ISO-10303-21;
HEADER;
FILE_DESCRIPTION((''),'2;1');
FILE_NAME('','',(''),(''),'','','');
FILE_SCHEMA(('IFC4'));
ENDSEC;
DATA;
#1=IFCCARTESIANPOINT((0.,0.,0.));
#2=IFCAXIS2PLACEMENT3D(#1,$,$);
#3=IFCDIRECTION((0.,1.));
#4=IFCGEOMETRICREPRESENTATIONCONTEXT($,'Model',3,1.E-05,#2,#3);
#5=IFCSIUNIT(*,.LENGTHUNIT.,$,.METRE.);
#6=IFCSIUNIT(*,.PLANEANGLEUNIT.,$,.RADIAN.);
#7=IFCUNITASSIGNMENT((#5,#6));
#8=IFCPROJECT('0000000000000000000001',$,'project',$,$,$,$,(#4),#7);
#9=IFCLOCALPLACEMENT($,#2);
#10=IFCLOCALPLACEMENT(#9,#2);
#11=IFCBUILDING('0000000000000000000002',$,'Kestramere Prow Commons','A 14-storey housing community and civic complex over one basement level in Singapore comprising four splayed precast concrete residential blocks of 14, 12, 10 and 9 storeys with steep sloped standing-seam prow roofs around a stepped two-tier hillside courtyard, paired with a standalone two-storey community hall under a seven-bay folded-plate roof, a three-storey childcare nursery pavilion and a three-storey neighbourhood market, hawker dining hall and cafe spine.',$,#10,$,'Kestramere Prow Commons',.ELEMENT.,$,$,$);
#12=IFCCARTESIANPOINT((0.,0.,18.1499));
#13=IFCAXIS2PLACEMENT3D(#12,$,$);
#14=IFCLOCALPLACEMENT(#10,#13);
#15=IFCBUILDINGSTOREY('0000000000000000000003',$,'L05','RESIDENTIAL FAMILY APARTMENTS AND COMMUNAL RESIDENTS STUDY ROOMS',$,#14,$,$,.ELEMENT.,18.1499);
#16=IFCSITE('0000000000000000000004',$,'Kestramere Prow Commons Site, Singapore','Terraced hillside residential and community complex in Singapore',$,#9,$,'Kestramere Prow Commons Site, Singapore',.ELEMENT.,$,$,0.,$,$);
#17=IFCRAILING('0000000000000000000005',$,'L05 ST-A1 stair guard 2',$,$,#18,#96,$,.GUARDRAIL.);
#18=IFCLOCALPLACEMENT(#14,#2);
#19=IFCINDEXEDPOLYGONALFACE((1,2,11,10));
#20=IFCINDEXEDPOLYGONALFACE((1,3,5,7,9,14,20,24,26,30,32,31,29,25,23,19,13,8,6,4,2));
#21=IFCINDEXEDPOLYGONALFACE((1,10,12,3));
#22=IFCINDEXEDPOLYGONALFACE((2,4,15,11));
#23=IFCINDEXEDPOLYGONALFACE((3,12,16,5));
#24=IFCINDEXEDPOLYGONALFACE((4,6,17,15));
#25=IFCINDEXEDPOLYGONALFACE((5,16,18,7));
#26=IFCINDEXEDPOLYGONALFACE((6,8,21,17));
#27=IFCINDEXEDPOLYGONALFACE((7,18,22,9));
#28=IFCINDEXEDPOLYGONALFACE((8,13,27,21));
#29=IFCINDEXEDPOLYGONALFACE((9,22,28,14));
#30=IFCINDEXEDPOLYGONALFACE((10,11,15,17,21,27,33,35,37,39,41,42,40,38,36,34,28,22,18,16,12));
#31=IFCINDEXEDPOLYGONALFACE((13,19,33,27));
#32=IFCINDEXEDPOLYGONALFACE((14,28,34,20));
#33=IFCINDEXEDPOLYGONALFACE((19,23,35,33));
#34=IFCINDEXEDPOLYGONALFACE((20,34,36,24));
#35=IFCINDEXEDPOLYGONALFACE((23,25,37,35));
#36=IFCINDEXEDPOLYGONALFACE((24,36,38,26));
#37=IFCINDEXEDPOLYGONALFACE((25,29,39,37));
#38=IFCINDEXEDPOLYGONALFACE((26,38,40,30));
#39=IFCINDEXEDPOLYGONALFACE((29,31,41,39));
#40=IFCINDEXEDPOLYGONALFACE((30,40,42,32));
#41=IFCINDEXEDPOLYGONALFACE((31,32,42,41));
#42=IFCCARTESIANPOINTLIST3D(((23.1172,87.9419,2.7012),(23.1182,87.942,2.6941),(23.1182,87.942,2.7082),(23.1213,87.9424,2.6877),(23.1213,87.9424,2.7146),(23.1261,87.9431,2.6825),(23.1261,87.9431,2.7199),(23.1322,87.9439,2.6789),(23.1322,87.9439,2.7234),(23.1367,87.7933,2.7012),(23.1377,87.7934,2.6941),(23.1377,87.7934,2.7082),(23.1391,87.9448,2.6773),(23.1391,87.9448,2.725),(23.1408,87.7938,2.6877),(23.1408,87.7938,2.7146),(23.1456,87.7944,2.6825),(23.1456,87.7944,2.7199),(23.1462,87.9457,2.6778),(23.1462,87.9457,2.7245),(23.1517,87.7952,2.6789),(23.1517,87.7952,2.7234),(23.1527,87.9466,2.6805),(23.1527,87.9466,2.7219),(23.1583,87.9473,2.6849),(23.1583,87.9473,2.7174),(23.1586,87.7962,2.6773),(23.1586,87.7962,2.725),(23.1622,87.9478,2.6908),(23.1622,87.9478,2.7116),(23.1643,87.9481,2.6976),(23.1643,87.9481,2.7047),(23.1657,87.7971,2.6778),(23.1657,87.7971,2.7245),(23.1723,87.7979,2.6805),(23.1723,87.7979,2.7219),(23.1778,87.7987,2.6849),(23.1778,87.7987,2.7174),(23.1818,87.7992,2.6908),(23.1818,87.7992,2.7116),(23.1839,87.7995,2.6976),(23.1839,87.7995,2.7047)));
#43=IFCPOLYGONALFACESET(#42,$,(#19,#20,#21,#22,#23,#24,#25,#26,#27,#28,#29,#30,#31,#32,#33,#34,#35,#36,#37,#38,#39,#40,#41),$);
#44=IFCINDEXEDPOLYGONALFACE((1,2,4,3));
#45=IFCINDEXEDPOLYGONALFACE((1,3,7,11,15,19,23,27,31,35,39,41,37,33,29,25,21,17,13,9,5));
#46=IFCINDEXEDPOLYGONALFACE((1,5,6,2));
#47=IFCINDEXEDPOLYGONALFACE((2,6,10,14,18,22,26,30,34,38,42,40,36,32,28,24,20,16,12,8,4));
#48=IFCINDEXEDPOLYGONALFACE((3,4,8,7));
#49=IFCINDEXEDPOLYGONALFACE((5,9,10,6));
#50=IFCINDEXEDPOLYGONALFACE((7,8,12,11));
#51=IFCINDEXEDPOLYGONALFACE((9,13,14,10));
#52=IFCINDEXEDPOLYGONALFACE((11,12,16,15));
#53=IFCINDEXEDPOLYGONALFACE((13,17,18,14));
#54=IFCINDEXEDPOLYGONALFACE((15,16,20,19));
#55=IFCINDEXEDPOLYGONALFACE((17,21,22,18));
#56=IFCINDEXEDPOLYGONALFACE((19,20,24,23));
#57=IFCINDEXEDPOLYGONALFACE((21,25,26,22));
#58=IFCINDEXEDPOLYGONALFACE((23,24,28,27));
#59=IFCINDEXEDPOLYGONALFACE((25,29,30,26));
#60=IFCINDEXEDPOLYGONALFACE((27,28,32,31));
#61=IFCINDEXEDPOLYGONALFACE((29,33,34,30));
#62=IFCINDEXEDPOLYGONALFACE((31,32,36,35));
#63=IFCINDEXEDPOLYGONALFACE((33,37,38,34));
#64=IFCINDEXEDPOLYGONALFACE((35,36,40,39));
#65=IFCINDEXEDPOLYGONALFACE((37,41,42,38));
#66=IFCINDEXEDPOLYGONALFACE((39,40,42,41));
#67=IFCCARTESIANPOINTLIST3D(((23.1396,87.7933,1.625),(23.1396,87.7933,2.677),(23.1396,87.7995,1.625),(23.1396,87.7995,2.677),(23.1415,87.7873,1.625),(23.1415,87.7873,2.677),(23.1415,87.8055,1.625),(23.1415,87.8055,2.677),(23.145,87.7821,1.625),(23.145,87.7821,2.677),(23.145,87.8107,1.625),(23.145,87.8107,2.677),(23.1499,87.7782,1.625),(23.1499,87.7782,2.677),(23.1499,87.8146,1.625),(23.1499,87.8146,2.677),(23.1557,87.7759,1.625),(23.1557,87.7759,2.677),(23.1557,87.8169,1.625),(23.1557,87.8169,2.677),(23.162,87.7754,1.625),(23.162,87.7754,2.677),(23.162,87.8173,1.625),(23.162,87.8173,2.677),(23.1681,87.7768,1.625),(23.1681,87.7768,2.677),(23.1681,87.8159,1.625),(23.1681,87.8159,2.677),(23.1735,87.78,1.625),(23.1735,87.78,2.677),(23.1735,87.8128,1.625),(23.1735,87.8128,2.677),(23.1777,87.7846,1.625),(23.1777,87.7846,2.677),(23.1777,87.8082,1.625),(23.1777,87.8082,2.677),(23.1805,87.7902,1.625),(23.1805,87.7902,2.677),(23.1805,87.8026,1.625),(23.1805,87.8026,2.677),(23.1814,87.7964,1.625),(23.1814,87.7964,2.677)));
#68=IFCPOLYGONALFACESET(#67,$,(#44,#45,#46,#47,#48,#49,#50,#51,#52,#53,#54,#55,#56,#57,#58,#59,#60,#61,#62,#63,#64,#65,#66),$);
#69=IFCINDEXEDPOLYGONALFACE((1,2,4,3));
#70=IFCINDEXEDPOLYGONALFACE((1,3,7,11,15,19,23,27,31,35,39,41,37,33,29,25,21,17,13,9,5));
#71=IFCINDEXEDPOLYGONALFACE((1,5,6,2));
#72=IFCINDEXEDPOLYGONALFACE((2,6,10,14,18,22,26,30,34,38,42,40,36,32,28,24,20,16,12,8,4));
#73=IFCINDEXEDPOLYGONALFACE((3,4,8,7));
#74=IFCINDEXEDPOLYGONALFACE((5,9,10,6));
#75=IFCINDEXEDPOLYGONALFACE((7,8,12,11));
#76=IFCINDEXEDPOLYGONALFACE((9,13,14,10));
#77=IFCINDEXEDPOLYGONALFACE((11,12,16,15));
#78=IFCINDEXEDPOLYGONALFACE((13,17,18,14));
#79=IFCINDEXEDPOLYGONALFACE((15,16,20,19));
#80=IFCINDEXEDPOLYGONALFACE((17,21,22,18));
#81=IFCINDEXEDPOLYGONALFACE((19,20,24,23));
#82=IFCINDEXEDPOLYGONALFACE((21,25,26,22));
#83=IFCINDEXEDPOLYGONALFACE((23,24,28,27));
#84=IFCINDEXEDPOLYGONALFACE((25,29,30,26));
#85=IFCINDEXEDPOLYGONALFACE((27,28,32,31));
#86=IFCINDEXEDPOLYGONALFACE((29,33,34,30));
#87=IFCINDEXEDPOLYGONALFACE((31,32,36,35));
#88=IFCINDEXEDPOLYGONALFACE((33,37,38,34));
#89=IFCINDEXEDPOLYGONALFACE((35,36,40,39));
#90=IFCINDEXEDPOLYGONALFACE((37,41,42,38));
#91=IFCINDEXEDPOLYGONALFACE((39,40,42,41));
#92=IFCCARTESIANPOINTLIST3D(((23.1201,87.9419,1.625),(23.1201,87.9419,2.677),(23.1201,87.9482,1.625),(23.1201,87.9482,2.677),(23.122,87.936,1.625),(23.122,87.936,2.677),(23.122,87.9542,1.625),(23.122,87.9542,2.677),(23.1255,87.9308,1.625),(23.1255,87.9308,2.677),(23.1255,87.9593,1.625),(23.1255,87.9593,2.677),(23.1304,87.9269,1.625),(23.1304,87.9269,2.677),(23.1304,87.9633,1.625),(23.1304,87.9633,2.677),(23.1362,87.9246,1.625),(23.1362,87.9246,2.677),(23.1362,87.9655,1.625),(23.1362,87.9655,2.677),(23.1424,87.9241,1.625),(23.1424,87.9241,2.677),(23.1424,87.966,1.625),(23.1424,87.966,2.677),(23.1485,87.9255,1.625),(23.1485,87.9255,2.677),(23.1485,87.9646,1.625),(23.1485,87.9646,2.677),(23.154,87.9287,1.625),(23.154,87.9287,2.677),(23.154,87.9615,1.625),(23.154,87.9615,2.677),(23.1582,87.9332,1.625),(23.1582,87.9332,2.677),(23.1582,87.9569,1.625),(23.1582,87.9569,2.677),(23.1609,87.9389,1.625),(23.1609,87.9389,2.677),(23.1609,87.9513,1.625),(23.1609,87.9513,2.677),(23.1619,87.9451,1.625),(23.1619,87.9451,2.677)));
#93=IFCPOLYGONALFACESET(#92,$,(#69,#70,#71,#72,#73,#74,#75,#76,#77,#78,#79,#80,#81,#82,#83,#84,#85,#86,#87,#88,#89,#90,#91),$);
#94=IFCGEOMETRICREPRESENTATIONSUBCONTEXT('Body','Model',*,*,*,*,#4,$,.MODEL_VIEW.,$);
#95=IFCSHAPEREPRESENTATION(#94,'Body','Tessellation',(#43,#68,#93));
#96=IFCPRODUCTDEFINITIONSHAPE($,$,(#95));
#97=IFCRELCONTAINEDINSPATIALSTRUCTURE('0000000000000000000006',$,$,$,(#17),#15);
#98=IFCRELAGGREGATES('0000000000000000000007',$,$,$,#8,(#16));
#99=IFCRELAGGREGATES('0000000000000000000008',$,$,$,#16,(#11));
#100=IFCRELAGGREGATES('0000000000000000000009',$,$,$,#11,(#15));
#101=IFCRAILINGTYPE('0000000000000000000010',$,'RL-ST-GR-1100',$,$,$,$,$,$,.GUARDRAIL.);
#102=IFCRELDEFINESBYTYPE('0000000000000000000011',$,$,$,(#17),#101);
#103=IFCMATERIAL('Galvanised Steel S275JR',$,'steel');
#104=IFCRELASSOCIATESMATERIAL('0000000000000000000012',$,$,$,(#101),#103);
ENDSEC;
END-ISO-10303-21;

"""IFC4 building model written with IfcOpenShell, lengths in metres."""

from ifc_helpers import new_model, si_unit, direction, frame, origin, origin_2d, place, context, subcontext, project, spatial, circle, extrude, material, type_object, element, save


model = new_model("IFC4")

# Units and contexts
model_context = context("Model", 3, precision=1e-05, world=origin(), true_north=direction((0.0, 1.0)))
body_context = subcontext(model_context, "Body", "Model", "MODEL_VIEW")
ifc_project = project(units=[si_unit("LENGTHUNIT", "METRE"), si_unit("PLANEANGLEUNIT", "RADIAN")], contexts=[model_context])

# Site, building, storey
site_placement = place(None, origin())
site = spatial("IfcSite", under=ifc_project, at=site_placement, Name="Kestramere Prow Commons Site, Singapore", Description="Terraced hillside residential and community complex in Singapore", LongName="Kestramere Prow Commons Site, Singapore", CompositionType="ELEMENT", RefElevation=0.0)
building_placement = place(site_placement, origin())
building = spatial("IfcBuilding", under=site, at=building_placement, Name="Kestramere Prow Commons", Description="A 14-storey housing community and civic complex over one basement level in Singapore comprising four splayed precast concrete residential blocks of 14, 12, 10 and 9 storeys with steep sloped standing-seam prow roofs around a stepped two-tier hillside courtyard, paired with a standalone two-storey community hall under a seven-bay folded-plate roof, a three-storey childcare nursery pavilion and a three-storey neighbourhood market, hawker dining hall and cafe spine.", LongName="Kestramere Prow Commons", CompositionType="ELEMENT")
storey_placement = place(building_placement, frame((0.0, 0.0, 18.1499)))
storey = spatial("IfcBuildingStorey", under=building, at=storey_placement, Name="L05", Description="RESIDENTIAL FAMILY APARTMENTS AND COMMUNAL RESIDENTS STUDY ROOMS", CompositionType="ELEMENT", Elevation=18.1499)

# Railing
ifc_material_1 = material(Name="Galvanised Steel S275JR", Category="steel")
railing_type_1 = type_object("IfcRailingType", Name="RL-ST-GR-1100", PredefinedType="GUARDRAIL", material=ifc_material_1)
railing_1_placement = place(storey_placement, frame((23.1604, 87.7964, 1.625)))
element("IfcRailing", 1, at=railing_1_placement, inside=storey, type_object=railing_type_1, Name="L05 ST-A1 stair guard 2", PredefinedType="GUARDRAIL", context=body_context, shape_type="SweptSolid", body=[
    extrude(circle(Radius=0.0239, at=origin_2d()), frame((0.0, 0.0, 1.0762), z_axis=(-0.130244, 0.991482, 0.0), x_axis=(-0.991482, -0.130244, 0.0)), (0.0, 0.0, 1.0), 0.1499),
    extrude(circle(Radius=0.021, at=origin_2d()), origin(), (0.0, 0.0, 1.0), 1.052),
    extrude(circle(Radius=0.021, at=origin_2d()), frame((-0.0195, 0.1487, 0.0)), (0.0, 0.0, 1.0), 1.052),
])

save(model, "model.ifc")
